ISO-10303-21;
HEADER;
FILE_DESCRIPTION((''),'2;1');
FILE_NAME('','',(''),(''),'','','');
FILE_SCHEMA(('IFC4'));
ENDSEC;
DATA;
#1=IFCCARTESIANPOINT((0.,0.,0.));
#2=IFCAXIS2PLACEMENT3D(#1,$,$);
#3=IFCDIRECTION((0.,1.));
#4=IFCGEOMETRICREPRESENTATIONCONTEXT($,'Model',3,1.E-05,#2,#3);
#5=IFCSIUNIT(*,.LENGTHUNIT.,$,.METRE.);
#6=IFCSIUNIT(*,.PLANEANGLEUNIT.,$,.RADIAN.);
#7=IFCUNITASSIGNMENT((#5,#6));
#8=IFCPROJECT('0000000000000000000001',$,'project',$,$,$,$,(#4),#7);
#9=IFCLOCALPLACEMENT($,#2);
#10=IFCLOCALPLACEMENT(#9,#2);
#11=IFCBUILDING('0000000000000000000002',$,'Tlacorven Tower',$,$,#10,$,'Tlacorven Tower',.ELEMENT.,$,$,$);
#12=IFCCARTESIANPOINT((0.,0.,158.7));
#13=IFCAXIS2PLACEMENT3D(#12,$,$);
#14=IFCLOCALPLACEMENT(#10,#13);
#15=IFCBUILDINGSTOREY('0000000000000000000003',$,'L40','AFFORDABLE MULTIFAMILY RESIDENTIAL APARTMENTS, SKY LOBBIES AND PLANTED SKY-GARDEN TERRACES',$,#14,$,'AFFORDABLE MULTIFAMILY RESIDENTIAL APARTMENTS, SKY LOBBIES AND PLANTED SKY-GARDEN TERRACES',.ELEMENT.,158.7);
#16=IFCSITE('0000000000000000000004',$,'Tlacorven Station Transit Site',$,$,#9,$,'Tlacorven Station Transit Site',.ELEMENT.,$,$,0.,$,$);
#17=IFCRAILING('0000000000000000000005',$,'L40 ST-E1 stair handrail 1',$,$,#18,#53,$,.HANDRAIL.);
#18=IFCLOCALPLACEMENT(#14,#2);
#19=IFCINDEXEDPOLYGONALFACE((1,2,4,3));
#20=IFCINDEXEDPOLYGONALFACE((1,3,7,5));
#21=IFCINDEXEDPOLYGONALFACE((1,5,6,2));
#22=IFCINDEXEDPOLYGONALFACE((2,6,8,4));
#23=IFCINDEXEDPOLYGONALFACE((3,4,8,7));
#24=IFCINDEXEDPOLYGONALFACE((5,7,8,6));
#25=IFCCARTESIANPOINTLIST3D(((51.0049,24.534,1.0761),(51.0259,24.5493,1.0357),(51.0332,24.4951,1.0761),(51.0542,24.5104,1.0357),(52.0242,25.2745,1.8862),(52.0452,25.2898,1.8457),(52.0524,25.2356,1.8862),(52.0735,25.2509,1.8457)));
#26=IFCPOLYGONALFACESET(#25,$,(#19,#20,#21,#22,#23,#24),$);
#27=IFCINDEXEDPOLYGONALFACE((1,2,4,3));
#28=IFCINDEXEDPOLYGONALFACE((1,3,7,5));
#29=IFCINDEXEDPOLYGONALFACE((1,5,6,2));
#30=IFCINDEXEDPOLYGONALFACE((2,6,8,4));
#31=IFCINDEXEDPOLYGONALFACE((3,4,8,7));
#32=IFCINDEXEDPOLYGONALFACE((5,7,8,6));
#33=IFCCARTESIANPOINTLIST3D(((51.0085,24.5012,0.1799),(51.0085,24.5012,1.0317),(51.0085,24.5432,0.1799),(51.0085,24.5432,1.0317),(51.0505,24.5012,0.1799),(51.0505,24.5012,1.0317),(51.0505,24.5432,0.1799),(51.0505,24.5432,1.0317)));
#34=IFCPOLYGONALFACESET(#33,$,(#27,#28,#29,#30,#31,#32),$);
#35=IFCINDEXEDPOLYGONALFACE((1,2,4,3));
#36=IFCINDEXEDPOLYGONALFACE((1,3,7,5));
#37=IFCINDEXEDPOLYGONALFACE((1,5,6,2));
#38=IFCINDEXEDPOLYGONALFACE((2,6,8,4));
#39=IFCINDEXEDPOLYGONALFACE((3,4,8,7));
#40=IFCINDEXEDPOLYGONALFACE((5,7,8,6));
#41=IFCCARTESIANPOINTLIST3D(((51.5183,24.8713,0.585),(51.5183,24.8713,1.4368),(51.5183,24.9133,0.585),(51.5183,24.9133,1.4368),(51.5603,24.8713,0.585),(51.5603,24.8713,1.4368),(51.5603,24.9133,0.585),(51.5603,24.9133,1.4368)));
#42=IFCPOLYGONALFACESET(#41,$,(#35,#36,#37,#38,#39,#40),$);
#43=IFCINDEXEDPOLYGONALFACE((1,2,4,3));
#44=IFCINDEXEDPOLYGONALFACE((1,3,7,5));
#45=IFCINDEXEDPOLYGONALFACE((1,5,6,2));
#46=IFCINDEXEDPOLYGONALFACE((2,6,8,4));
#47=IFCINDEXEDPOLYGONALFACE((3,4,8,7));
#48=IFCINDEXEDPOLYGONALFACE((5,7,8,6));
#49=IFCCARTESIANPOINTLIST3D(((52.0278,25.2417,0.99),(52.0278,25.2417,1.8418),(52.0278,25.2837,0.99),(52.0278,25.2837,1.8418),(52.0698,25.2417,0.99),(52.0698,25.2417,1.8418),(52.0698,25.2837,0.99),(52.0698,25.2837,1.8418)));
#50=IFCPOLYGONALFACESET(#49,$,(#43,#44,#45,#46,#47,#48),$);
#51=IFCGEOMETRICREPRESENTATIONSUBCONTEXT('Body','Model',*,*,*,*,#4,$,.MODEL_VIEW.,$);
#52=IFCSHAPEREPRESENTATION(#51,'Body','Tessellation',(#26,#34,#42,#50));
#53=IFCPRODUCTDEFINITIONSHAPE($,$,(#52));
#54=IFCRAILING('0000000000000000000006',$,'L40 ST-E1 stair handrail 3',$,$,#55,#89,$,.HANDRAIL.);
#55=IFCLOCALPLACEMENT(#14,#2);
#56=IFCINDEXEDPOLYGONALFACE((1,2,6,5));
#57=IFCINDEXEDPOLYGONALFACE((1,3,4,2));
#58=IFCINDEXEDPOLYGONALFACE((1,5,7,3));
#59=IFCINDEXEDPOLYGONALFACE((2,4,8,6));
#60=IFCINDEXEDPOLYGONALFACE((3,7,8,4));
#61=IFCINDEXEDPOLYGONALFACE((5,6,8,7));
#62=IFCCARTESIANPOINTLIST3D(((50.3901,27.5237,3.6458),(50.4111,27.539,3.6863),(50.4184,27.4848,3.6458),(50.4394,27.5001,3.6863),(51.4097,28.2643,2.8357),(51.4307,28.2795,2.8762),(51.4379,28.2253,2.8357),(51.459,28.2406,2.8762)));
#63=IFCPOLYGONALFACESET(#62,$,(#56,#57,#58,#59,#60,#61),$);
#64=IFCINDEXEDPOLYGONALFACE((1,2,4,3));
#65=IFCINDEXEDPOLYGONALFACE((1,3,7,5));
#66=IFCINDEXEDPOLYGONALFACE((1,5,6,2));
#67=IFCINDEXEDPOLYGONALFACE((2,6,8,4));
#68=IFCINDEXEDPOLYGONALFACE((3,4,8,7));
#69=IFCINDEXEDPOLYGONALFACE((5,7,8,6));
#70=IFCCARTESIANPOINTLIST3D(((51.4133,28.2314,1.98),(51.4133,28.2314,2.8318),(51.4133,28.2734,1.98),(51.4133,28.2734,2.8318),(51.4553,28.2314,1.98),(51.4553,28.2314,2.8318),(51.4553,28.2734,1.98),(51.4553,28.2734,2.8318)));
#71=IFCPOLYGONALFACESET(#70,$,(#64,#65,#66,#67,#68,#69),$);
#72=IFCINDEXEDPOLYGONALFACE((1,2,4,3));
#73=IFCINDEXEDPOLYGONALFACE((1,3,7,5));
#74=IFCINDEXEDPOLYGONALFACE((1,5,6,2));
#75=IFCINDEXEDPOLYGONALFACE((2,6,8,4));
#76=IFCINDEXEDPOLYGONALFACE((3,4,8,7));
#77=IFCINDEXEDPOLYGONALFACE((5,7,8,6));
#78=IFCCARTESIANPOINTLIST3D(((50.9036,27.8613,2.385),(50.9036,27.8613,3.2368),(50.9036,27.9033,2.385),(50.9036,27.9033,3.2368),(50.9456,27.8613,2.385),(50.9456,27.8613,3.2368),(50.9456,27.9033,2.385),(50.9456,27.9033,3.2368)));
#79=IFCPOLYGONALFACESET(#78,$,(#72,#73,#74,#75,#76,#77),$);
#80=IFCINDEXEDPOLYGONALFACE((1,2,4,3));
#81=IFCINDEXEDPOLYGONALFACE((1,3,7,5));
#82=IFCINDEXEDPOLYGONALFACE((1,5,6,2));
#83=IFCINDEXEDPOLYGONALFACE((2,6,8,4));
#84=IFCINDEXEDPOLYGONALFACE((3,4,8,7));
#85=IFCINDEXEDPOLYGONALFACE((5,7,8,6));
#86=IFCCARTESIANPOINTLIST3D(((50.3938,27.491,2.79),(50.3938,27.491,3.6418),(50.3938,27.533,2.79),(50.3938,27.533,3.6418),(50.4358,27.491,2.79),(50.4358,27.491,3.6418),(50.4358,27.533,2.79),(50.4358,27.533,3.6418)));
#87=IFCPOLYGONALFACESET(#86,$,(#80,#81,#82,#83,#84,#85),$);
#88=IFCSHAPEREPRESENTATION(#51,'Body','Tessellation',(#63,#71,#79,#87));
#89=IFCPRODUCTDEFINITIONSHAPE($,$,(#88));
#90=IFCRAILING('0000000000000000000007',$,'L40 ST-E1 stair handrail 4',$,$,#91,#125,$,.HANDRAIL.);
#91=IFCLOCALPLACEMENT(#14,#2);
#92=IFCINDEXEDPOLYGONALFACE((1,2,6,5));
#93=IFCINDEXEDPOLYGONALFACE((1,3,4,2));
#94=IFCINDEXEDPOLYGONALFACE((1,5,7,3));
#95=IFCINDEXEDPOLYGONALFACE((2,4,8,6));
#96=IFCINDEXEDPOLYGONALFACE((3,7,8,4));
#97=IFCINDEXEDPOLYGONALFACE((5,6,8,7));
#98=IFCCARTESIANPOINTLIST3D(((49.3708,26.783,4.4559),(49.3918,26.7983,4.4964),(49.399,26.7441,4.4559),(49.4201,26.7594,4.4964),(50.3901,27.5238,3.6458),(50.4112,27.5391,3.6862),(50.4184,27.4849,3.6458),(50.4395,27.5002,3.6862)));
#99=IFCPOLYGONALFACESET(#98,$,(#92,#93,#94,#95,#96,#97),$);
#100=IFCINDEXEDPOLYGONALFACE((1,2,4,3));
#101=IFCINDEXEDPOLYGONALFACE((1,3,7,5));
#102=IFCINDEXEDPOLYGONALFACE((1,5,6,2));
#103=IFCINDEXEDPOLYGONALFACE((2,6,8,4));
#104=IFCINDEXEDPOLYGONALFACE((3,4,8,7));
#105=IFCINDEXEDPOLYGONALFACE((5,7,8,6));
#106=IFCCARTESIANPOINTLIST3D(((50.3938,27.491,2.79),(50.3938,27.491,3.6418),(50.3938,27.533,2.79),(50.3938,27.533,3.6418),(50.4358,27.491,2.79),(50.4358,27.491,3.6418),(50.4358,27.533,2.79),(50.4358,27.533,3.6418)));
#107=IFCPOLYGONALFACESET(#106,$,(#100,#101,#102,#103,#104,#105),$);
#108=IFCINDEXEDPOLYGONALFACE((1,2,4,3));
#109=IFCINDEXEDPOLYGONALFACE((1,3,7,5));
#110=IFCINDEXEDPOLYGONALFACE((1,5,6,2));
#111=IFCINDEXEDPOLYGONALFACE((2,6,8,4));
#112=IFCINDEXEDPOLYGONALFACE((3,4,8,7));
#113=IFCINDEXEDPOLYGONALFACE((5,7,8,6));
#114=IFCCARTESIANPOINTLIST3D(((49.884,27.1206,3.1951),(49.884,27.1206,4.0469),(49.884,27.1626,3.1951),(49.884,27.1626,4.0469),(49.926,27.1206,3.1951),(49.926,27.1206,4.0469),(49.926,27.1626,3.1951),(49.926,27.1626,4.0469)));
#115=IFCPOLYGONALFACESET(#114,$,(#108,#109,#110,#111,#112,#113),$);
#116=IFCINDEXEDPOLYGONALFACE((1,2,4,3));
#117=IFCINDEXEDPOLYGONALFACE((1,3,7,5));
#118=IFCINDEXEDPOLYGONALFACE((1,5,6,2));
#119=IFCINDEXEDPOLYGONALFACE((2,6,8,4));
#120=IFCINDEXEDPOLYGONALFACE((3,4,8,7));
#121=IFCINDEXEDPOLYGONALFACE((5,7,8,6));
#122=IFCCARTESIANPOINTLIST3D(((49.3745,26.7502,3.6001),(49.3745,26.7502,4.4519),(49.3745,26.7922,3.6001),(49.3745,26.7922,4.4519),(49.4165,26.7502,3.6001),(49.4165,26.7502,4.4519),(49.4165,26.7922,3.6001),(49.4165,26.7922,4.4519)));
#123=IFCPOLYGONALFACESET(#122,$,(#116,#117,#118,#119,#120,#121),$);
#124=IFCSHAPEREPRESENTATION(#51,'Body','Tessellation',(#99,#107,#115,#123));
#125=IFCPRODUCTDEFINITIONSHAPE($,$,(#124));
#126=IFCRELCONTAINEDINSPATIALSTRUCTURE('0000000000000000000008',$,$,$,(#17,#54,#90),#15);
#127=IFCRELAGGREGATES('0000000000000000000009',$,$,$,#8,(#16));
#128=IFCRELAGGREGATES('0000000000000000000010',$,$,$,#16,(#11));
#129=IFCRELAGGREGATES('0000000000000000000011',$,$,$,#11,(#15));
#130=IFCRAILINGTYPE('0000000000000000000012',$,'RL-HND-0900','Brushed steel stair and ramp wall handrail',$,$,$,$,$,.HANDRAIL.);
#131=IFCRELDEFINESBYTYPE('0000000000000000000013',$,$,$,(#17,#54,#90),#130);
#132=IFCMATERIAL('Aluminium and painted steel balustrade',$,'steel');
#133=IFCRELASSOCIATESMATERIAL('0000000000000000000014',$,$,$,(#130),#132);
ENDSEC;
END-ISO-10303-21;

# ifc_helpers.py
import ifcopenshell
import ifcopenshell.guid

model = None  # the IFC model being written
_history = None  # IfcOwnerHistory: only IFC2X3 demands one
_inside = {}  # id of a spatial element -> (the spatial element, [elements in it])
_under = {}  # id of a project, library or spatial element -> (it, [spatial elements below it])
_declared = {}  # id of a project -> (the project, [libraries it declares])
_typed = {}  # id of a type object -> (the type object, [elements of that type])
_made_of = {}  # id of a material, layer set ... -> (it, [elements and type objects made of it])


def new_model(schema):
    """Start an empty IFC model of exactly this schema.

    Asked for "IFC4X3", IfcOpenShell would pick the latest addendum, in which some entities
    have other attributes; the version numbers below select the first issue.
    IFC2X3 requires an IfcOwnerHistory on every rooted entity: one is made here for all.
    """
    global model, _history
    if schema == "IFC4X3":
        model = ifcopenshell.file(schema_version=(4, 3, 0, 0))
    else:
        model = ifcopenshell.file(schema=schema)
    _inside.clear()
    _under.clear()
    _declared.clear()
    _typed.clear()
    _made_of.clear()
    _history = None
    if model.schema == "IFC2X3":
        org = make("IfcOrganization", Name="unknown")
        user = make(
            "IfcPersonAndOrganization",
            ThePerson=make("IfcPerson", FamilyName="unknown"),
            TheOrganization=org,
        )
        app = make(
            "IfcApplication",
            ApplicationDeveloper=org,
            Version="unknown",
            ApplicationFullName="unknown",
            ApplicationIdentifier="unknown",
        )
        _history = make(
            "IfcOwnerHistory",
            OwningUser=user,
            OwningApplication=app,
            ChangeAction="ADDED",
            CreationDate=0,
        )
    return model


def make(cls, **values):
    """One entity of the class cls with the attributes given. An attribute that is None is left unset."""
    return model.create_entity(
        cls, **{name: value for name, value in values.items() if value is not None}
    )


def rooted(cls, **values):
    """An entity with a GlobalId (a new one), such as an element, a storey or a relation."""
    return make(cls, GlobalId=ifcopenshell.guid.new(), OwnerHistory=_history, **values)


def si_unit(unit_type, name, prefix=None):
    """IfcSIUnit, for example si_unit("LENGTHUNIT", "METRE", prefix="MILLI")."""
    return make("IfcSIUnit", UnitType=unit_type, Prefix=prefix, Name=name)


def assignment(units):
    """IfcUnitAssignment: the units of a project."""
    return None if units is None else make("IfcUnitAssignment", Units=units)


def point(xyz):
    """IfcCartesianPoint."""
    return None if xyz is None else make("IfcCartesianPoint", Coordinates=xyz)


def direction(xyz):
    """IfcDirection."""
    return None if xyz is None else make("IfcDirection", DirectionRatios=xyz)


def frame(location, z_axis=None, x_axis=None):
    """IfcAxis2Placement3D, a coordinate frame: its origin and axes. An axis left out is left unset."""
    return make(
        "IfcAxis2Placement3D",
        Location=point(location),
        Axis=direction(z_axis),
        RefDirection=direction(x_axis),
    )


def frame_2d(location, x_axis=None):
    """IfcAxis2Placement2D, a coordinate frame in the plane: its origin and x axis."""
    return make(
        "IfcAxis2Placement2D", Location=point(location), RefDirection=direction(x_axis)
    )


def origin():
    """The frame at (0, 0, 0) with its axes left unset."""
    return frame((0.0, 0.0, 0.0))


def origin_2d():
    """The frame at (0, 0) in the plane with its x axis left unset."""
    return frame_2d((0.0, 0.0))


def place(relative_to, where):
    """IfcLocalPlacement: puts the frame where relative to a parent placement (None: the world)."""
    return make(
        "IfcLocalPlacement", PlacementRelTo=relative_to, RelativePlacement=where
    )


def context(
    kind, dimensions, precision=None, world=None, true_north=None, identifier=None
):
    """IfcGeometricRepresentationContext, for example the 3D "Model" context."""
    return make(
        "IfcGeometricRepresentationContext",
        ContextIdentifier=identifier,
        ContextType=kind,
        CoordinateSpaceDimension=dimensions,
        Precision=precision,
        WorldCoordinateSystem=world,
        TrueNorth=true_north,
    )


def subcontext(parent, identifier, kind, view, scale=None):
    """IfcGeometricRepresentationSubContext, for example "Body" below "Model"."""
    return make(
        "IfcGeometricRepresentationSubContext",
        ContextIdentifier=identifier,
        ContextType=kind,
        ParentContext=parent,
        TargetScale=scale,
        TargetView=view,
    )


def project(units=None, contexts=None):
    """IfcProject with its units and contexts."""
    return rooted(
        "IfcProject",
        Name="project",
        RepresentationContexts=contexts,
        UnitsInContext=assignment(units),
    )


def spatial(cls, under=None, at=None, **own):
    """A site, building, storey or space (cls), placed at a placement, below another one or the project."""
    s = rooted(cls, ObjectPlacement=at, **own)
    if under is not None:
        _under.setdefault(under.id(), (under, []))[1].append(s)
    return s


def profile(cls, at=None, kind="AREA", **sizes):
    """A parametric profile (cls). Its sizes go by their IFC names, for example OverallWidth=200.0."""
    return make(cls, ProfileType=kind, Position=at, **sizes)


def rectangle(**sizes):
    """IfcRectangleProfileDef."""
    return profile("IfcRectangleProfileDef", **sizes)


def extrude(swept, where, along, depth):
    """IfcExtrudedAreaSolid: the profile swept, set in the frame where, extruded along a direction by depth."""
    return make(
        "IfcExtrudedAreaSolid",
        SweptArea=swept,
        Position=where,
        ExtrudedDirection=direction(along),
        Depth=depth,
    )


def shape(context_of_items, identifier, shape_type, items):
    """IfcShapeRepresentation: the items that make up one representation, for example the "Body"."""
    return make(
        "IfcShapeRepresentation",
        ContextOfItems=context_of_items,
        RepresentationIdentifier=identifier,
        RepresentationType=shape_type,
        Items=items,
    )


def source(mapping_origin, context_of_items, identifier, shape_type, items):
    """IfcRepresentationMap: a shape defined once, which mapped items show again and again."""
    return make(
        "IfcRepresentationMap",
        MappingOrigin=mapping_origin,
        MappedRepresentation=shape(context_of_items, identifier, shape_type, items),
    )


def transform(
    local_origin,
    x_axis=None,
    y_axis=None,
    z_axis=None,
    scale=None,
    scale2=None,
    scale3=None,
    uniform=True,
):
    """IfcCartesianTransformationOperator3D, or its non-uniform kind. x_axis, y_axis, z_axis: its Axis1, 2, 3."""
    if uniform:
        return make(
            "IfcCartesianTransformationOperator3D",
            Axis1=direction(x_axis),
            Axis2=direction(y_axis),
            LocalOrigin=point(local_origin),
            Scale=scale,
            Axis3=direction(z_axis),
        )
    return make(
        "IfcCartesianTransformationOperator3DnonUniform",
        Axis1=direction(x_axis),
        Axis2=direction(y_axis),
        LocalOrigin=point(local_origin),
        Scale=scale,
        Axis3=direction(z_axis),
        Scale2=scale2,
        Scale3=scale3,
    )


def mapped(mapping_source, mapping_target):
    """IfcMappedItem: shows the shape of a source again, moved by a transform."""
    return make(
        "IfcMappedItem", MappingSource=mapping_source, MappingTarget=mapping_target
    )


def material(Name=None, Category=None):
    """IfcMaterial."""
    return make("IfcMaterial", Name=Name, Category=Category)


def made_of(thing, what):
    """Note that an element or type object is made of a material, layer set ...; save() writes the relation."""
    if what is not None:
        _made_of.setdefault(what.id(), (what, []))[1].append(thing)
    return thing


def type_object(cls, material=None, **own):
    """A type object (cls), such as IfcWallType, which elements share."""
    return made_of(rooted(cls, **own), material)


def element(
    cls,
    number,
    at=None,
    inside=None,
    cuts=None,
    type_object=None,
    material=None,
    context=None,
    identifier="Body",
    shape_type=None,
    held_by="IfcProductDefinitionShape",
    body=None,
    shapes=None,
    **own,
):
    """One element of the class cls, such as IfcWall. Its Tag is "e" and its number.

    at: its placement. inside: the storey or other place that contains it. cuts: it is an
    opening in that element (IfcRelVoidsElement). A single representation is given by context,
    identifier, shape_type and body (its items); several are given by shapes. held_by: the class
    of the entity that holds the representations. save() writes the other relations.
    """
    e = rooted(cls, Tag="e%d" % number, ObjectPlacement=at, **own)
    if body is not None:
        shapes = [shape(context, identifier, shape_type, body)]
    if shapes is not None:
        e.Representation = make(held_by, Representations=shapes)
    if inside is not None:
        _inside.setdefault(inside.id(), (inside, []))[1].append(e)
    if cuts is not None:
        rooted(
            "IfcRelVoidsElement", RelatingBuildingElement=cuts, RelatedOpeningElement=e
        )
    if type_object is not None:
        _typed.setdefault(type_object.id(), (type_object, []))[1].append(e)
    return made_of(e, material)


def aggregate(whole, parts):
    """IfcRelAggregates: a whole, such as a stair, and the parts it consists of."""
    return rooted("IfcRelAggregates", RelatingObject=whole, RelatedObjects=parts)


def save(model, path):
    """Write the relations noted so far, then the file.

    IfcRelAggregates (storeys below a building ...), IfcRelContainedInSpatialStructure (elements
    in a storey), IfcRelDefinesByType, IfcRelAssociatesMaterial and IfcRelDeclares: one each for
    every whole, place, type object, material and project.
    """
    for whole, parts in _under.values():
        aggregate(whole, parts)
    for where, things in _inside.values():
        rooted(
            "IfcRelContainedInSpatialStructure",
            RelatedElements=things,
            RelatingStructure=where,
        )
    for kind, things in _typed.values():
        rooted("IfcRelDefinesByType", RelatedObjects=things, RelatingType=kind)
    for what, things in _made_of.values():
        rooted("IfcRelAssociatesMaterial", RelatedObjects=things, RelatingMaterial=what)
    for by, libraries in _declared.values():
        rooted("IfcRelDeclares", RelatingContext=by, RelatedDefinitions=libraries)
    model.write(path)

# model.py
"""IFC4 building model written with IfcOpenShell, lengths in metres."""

from ifc_helpers import new_model, si_unit, direction, frame, origin, origin_2d, place, context, subcontext, project, spatial, rectangle, extrude, source, transform, mapped, material, type_object, element, save


model = new_model("IFC4")

# Units and contexts
model_context = context("Model", 3, precision=1e-05, world=origin(), true_north=direction((0.0, 1.0)))
body_context = subcontext(model_context, "Body", "Model", "MODEL_VIEW")
ifc_project = project(units=[si_unit("LENGTHUNIT", "METRE"), si_unit("PLANEANGLEUNIT", "RADIAN")], contexts=[model_context])

# Site, building, storey
site_placement = place(None, origin())
site = spatial("IfcSite", under=ifc_project, at=site_placement, Name="Tlacorven Station Transit Site", LongName="Tlacorven Station Transit Site", CompositionType="ELEMENT", RefElevation=0.0)
building_placement = place(site_placement, origin())
building = spatial("IfcBuilding", under=site, at=building_placement, Name="Tlacorven Tower", LongName="Tlacorven Tower", CompositionType="ELEMENT")
storey_placement = place(building_placement, frame((0.0, 0.0, 158.7)))
storey = spatial("IfcBuildingStorey", under=building, at=storey_placement, Name="L40", Description="AFFORDABLE MULTIFAMILY RESIDENTIAL APARTMENTS, SKY LOBBIES AND PLANTED SKY-GARDEN TERRACES", LongName="AFFORDABLE MULTIFAMILY RESIDENTIAL APARTMENTS, SKY LOBBIES AND PLANTED SKY-GARDEN TERRACES", CompositionType="ELEMENT", Elevation=158.7)

# Railings
ifc_material_1 = material(Name="Aluminium and painted steel balustrade", Category="steel")
railing_type_1 = type_object("IfcRailingType", Name="RL-HND-0900", Description="Brushed steel stair and ramp wall handrail", PredefinedType="HANDRAIL", material=ifc_material_1)
shared_shape_1 = source(origin(), body_context, "Body", "SweptSolid", [
    extrude(rectangle(XDim=0.0481, YDim=0.0481, at=origin_2d()), frame((0.0, 0.0, 0.876), z_axis=(0.680516, 0.494373, 0.540827), x_axis=(-0.587745, 0.809046, 0.0)), (0.0, 0.0, 1.0), 1.4978),
    extrude(rectangle(XDim=0.042, YDim=0.042, at=origin_2d()), origin(), (0.0, 0.0, 1.0), 0.8518),
    extrude(rectangle(XDim=0.042, YDim=0.042, at=origin_2d()), frame((0.5098, 0.3701, 0.405)), (0.0, 0.0, 1.0), 0.8518),
    extrude(rectangle(XDim=0.042, YDim=0.042, at=origin_2d()), frame((1.0193, 0.7405, 0.8101)), (0.0, 0.0, 1.0), 0.8518),
])
railing_1_placement = place(storey_placement, frame((51.0295, 24.5222, 0.1799)))
element("IfcRailing", 1, at=railing_1_placement, inside=storey, type_object=railing_type_1, Name="L40 ST-E1 stair handrail 1", PredefinedType="HANDRAIL", context=body_context, shape_type="MappedRepresentation", body=[
    mapped(shared_shape_1, transform((0.0, 0.0, 0.0), scale=1.0)),
])
shared_shape_2 = source(origin(), body_context, "Body", "SweptSolid", [
    extrude(rectangle(XDim=0.0481, YDim=0.0481, at=origin_2d()), frame((0.0, 0.0, 0.876), z_axis=(-0.680604, -0.494318, 0.540767), x_axis=(0.587653, -0.809113, 0.0)), (0.0, 0.0, 1.0), 1.498),
    extrude(rectangle(XDim=0.042, YDim=0.042, at=origin_2d()), origin(), (0.0, 0.0, 1.0), 0.8518),
    extrude(rectangle(XDim=0.042, YDim=0.042, at=origin_2d()), frame((-0.5098, -0.3701, 0.405)), (0.0, 0.0, 1.0), 0.8518),
    extrude(rectangle(XDim=0.042, YDim=0.042, at=origin_2d()), frame((-1.0195, -0.7405, 0.8101)), (0.0, 0.0, 1.0), 0.8518),
])
railing_2_placement = place(storey_placement, frame((51.4343, 28.2524, 1.98)))
element("IfcRailing", 2, at=railing_2_placement, inside=storey, type_object=railing_type_1, Name="L40 ST-E1 stair handrail 3", PredefinedType="HANDRAIL", context=body_context, shape_type="MappedRepresentation", body=[
    mapped(shared_shape_2, transform((0.0, 0.0, 0.0), scale=1.0)),
])
shared_shape_3 = source(origin(), body_context, "Body", "SweptSolid", [
    extrude(rectangle(XDim=0.0481, YDim=0.0481, at=origin_2d()), frame((0.0, 0.0, 0.876), z_axis=(-0.680461, -0.494496, 0.540783), x_axis=(0.587872, -0.808954, 0.0)), (0.0, 0.0, 1.0), 1.498),
    extrude(rectangle(XDim=0.042, YDim=0.042, at=origin_2d()), origin(), (0.0, 0.0, 1.0), 0.8518),
    extrude(rectangle(XDim=0.042, YDim=0.042, at=origin_2d()), frame((-0.5098, -0.3704, 0.405)), (0.0, 0.0, 1.0), 0.8518),
    extrude(rectangle(XDim=0.042, YDim=0.042, at=origin_2d()), frame((-1.0193, -0.7407, 0.8101)), (0.0, 0.0, 1.0), 0.8518),
])
railing_3_placement = place(storey_placement, frame((50.4148, 27.512, 2.79)))
element("IfcRailing", 3, at=railing_3_placement, inside=storey, type_object=railing_type_1, Name="L40 ST-E1 stair handrail 4", PredefinedType="HANDRAIL", context=body_context, shape_type="MappedRepresentation", body=[
    mapped(shared_shape_3, transform((0.0, 0.0, 0.0), scale=1.0)),
])

save(model, "model.ifc")
